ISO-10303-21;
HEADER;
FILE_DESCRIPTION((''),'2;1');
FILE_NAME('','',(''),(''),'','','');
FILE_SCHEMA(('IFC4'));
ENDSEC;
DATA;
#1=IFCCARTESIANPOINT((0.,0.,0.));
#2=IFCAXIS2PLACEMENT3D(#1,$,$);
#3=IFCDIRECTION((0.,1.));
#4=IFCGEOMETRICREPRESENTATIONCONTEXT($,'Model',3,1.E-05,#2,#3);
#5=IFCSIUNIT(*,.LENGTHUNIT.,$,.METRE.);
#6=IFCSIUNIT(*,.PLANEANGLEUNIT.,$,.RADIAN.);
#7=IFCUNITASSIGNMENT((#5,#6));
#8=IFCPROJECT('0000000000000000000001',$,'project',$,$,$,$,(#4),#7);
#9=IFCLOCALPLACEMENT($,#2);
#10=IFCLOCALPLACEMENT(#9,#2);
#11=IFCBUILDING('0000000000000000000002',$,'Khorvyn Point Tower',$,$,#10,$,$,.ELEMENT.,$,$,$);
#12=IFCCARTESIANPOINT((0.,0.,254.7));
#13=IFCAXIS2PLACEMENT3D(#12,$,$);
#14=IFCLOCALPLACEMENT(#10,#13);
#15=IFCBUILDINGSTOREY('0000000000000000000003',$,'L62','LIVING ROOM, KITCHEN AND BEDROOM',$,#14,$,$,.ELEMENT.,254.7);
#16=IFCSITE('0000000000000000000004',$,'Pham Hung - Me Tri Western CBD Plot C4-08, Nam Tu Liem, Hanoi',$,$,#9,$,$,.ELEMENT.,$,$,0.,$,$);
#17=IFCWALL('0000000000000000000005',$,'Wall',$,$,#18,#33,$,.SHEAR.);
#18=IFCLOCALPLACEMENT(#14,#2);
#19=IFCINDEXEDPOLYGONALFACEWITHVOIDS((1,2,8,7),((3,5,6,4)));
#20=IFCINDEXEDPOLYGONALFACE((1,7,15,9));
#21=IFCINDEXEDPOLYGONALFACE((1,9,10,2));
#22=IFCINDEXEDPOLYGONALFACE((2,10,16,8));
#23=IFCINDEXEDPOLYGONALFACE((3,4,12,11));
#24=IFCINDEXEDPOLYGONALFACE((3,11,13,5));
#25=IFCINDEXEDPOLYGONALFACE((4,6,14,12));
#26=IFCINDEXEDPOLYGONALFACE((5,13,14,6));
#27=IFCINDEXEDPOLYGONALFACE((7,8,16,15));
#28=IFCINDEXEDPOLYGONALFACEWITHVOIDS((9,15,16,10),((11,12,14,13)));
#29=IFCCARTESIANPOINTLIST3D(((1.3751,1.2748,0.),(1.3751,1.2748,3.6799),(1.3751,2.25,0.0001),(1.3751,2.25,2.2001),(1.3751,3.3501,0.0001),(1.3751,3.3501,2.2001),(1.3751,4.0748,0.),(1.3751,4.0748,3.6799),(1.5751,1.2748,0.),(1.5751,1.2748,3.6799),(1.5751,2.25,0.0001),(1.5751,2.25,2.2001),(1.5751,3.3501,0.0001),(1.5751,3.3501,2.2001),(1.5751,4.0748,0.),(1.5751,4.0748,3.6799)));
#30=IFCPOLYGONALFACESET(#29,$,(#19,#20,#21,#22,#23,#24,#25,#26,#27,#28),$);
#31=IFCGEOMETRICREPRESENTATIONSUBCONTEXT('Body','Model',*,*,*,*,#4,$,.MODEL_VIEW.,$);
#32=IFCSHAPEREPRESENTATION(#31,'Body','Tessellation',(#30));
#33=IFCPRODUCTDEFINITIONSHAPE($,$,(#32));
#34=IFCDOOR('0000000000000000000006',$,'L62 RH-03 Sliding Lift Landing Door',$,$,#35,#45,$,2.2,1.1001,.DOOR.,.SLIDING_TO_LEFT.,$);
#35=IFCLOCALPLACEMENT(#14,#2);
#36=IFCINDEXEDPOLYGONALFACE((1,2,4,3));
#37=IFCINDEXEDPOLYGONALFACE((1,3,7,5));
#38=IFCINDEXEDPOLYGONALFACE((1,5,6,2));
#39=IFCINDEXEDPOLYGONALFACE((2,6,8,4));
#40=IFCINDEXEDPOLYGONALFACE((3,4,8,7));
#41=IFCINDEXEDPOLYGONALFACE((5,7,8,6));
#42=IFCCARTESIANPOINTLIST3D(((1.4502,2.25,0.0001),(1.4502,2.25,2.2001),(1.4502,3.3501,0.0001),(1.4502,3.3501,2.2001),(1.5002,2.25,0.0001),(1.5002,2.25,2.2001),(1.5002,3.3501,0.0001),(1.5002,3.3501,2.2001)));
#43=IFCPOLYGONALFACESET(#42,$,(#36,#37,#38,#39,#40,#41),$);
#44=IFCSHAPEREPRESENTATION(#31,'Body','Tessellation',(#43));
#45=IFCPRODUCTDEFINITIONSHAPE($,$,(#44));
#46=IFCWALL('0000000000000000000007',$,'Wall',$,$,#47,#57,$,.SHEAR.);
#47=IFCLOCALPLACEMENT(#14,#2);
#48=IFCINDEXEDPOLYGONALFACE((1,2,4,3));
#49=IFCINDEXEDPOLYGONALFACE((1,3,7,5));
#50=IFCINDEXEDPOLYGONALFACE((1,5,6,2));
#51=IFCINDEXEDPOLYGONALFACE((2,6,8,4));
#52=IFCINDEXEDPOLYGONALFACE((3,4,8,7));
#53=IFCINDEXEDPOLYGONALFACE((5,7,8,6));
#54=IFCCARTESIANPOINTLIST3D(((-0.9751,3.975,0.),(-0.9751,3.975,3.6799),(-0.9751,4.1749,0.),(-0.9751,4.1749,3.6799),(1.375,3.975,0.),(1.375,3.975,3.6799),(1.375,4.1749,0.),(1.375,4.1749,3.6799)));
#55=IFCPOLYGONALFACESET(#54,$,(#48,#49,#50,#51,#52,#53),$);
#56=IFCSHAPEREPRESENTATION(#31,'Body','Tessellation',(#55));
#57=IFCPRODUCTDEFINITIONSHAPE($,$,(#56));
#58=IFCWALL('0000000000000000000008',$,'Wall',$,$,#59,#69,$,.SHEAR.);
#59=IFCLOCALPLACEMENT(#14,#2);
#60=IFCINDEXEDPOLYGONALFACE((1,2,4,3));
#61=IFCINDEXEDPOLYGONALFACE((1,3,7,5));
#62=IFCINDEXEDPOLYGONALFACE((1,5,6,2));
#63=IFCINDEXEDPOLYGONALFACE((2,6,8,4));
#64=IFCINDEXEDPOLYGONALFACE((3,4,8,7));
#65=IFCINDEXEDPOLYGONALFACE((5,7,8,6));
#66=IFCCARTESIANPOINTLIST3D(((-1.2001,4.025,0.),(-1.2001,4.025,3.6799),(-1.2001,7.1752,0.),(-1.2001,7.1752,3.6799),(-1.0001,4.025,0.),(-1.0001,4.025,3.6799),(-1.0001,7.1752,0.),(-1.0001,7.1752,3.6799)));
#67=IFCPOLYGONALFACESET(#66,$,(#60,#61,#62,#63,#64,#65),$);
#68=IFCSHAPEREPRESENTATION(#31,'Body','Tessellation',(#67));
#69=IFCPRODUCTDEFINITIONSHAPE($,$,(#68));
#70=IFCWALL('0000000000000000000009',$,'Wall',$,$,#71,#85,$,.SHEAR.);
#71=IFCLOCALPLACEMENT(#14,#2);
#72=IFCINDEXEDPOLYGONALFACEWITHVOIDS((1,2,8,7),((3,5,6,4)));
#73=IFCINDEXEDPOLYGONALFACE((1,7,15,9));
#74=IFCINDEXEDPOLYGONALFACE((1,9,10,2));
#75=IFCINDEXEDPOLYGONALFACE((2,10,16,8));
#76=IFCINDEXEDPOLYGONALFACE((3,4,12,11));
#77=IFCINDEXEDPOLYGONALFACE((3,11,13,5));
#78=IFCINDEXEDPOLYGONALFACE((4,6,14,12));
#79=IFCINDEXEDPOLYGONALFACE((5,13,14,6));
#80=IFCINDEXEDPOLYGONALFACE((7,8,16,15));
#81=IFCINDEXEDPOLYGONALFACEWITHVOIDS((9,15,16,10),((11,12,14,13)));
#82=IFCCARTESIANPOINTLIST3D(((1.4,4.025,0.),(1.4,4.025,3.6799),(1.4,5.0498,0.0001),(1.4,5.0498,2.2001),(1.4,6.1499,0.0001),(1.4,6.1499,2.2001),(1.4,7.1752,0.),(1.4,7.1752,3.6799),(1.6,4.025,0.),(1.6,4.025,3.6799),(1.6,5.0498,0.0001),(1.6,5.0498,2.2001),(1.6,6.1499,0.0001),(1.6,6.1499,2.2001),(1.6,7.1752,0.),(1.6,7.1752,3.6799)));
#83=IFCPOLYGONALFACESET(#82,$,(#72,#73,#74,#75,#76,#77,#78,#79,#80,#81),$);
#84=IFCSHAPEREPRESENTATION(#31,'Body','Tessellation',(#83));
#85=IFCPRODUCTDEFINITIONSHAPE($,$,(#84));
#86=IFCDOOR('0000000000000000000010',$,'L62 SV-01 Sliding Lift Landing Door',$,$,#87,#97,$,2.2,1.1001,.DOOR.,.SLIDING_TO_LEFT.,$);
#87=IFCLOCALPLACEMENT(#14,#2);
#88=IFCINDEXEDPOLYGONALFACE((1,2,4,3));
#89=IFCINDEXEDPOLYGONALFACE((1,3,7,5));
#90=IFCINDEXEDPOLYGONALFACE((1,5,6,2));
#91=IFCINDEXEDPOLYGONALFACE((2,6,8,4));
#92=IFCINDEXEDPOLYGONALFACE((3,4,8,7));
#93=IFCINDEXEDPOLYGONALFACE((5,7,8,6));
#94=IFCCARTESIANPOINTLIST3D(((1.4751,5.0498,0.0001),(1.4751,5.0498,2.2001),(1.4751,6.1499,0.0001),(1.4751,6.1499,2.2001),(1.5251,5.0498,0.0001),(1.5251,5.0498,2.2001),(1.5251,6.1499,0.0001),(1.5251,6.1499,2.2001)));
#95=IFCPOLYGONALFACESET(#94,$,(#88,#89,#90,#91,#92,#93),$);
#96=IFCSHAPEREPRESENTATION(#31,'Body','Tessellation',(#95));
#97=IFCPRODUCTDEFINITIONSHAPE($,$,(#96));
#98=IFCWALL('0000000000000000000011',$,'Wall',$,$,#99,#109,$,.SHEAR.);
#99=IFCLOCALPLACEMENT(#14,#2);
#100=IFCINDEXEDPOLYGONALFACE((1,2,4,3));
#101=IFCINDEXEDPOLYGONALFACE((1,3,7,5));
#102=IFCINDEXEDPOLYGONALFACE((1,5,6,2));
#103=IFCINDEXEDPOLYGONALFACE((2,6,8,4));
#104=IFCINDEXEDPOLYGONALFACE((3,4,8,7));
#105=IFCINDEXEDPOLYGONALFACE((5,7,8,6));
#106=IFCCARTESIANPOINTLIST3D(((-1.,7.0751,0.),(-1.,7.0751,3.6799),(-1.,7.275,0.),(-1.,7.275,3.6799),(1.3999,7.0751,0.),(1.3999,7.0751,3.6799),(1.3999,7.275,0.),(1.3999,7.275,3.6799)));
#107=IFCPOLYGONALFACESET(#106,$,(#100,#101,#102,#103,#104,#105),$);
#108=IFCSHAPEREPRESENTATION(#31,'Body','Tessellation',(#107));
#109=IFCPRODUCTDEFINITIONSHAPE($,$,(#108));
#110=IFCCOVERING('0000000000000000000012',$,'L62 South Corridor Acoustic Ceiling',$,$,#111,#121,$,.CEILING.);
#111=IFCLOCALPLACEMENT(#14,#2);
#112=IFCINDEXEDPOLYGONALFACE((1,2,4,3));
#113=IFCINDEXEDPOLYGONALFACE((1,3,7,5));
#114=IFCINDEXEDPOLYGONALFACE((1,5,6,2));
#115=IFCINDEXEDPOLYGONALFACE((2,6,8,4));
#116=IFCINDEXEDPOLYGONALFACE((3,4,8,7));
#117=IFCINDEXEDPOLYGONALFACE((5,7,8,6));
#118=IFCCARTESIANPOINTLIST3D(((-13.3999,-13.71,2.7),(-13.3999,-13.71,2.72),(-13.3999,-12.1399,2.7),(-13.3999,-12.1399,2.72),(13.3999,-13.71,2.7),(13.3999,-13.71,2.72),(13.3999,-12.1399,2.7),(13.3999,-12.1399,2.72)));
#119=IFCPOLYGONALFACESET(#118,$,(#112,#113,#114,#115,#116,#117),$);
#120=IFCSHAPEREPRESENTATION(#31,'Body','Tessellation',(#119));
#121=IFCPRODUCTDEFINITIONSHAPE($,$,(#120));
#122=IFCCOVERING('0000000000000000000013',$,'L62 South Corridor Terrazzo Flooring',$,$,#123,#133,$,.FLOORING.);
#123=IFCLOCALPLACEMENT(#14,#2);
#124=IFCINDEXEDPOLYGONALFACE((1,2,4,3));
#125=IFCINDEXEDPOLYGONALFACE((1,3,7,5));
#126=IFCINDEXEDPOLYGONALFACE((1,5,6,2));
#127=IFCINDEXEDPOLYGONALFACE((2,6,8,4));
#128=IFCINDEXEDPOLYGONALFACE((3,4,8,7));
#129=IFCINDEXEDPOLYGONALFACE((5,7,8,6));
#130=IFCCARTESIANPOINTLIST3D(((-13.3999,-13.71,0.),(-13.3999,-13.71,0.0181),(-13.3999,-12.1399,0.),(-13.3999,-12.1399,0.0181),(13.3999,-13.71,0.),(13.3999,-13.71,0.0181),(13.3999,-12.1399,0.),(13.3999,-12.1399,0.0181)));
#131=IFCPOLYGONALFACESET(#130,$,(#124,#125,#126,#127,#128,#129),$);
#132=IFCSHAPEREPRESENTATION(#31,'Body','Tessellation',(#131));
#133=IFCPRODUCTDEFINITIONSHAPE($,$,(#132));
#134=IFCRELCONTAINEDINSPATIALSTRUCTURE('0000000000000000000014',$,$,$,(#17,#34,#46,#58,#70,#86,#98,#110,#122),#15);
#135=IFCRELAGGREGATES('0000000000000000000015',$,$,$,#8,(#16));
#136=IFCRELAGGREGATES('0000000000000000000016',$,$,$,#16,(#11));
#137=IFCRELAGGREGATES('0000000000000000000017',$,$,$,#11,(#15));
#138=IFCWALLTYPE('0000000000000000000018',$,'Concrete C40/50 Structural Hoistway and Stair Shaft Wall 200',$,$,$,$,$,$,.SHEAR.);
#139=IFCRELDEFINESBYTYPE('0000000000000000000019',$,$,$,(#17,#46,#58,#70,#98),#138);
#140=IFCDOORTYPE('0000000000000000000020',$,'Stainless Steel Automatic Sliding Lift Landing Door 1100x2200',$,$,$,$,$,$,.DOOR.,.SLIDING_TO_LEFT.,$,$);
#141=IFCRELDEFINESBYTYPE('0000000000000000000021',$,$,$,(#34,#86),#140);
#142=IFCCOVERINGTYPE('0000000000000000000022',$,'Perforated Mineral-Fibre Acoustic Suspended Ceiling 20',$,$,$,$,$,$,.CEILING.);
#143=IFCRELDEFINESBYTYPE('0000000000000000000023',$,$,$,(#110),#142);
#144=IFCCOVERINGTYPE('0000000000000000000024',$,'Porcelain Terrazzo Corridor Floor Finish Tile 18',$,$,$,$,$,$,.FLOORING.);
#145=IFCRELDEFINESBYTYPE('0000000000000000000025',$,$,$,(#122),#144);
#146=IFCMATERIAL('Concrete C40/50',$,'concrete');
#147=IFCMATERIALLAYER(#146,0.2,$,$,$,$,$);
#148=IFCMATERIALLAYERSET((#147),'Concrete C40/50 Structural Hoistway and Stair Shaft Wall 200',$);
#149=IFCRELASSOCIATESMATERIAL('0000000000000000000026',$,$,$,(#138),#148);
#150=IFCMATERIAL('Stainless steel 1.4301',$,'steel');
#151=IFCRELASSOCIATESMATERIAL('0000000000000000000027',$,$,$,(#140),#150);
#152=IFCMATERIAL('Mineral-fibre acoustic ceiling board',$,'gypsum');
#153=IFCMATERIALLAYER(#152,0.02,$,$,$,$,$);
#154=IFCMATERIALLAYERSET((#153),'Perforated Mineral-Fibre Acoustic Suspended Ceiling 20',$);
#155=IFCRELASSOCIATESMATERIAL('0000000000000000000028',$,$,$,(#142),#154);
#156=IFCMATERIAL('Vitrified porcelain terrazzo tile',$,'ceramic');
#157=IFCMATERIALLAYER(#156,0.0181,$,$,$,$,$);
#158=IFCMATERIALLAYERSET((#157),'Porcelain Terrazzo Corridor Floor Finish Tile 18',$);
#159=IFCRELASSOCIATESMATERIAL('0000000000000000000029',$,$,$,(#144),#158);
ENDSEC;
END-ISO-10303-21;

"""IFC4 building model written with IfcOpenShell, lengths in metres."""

from ifc_helpers import new_model, si_unit, direction, frame, frame_2d, origin, place, context, subcontext, project, spatial, polyline, rectangle, outline, extrude, material, layer, layer_set, type_object, element, fill, save


model = new_model("IFC4")

# Units and contexts
model_context = context("Model", 3, precision=1e-05, world=origin(), true_north=direction((0.0, 1.0)))
body_context = subcontext(model_context, "Body", "Model", "MODEL_VIEW")
ifc_project = project(units=[si_unit("LENGTHUNIT", "METRE"), si_unit("PLANEANGLEUNIT", "RADIAN")], contexts=[model_context])

# Site, building, storey
site_placement = place(None, origin())
site = spatial("IfcSite", under=ifc_project, at=site_placement, Name="Pham Hung - Me Tri Western CBD Plot C4-08, Nam Tu Liem, Hanoi", CompositionType="ELEMENT", RefElevation=0.0)
building_placement = place(site_placement, origin())
building = spatial("IfcBuilding", under=site, at=building_placement, Name="Khorvyn Point Tower", CompositionType="ELEMENT")
storey_placement = place(building_placement, frame((0.0, 0.0, 254.7)))
storey = spatial("IfcBuildingStorey", under=building, at=storey_placement, Name="L62", Description="LIVING ROOM, KITCHEN AND BEDROOM", CompositionType="ELEMENT", Elevation=254.7)

# Shared definitions
ifc_material_1 = material(Name="Concrete C40/50", Category="concrete")

# Shared definitions
ifc_layer_1 = layer(ifc_material_1, 0.2)
ifc_layer_set_1 = layer_set([ifc_layer_1], Name="Concrete C40/50 Structural Hoistway and Stair Shaft Wall 200")
wall_type_1 = type_object("IfcWallType", Name="Concrete C40/50 Structural Hoistway and Stair Shaft Wall 200", PredefinedType="SHEAR", material=ifc_layer_set_1)

# Shared definitions
ifc_material_2 = material(Name="Stainless steel 1.4301", Category="steel")
door_type = type_object("IfcDoorType", Name="Stainless Steel Automatic Sliding Lift Landing Door 1100x2200", OperationType="SLIDING_TO_LEFT", PredefinedType="DOOR", material=ifc_material_2)

# Wall, opening, door
wall_1_placement = place(storey_placement, frame((1.4751, 1.2749, 0.0), z_axis=(0.0, 0.0, 1.0), x_axis=(0.0, 1.0, 0.0)))
wall_1 = element("IfcWall", 1, at=wall_1_placement, inside=storey, type_object=wall_type_1, Name="Wall", PredefinedType="SHEAR", context=body_context, shape_type="SweptSolid", body=[
    extrude(rectangle(XDim=2.8, YDim=0.2, at=frame_2d((1.3999, 0.0))), origin(), (0.0, 0.0, 1.0), 3.6799),
])
opening_1_placement = place(wall_1_placement, frame((0.9751, 0.0, 0.0)))
opening_1 = element("IfcOpeningElement", 2, at=opening_1_placement, cuts=wall_1, PredefinedType="OPENING", context=body_context, shape_type="SweptSolid", body=[
    extrude(rectangle(XDim=1.1001, YDim=2.2, at=frame_2d((0.55, 1.1001))), frame((0.0, 0.1099, 0.0), z_axis=(0.0, -1.0, 0.0), x_axis=(1.0, 0.0, 0.0)), (0.0, 0.0, 1.0), 0.22),
])
door_1_placement = place(opening_1_placement, origin())
door_1 = element("IfcDoor", 3, at=door_1_placement, inside=storey, type_object=door_type, Name="L62 RH-03 Sliding Lift Landing Door", OperationType="SLIDING_TO_LEFT", OverallHeight=2.2, OverallWidth=1.1001, PredefinedType="DOOR", context=body_context, shape_type="SweptSolid", body=[
    extrude(rectangle(XDim=1.1001, YDim=2.2, at=frame_2d((0.55, 1.1001))), frame((0.0, 0.0249, 0.0), z_axis=(0.0, -1.0, 0.0), x_axis=(1.0, 0.0, 0.0)), (0.0, 0.0, 1.0), 0.05),
])
fill(opening_1, door_1)

# Walls
wall_2_placement = place(storey_placement, frame((-0.9751, 4.075, 0.0), z_axis=(0.0, 0.0, 1.0), x_axis=(1.0, 0.0, 0.0)))
element("IfcWall", 4, at=wall_2_placement, inside=storey, type_object=wall_type_1, Name="Wall", PredefinedType="SHEAR", context=body_context, shape_type="SweptSolid", body=[
    extrude(rectangle(XDim=2.3501, YDim=0.2, at=frame_2d((1.175, 0.0))), origin(), (0.0, 0.0, 1.0), 3.6799),
])
wall_3_placement = place(storey_placement, frame((-1.1001, 4.0249, 0.0), z_axis=(0.0, 0.0, 1.0), x_axis=(0.0, 1.0, 0.0)))
element("IfcWall", 5, at=wall_3_placement, inside=storey, type_object=wall_type_1, Name="Wall", PredefinedType="SHEAR", context=body_context, shape_type="SweptSolid", body=[
    extrude(rectangle(XDim=3.1501, YDim=0.2, at=frame_2d((1.5752, 0.0))), origin(), (0.0, 0.0, 1.0), 3.6799),
])

# Wall, opening, door
wall_4_placement = place(storey_placement, frame((1.5, 4.0249, 0.0), z_axis=(0.0, 0.0, 1.0), x_axis=(0.0, 1.0, 0.0)))
wall_4 = element("IfcWall", 6, at=wall_4_placement, inside=storey, type_object=wall_type_1, Name="Wall", PredefinedType="SHEAR", context=body_context, shape_type="SweptSolid", body=[
    extrude(rectangle(XDim=3.1501, YDim=0.2, at=frame_2d((1.5752, 0.0))), origin(), (0.0, 0.0, 1.0), 3.6799),
])
opening_2_placement = place(wall_4_placement, frame((1.0249, 0.0, 0.0)))
opening_2 = element("IfcOpeningElement", 7, at=opening_2_placement, cuts=wall_4, PredefinedType="OPENING", context=body_context, shape_type="SweptSolid", body=[
    extrude(rectangle(XDim=1.1001, YDim=2.2, at=frame_2d((0.55, 1.1001))), frame((0.0, 0.1099, 0.0), z_axis=(0.0, -1.0, 0.0), x_axis=(1.0, 0.0, 0.0)), (0.0, 0.0, 1.0), 0.22),
])
door_2_placement = place(opening_2_placement, origin())
door_2 = element("IfcDoor", 8, at=door_2_placement, inside=storey, type_object=door_type, Name="L62 SV-01 Sliding Lift Landing Door", OperationType="SLIDING_TO_LEFT", OverallHeight=2.2, OverallWidth=1.1001, PredefinedType="DOOR", context=body_context, shape_type="SweptSolid", body=[
    extrude(rectangle(XDim=1.1001, YDim=2.2, at=frame_2d((0.55, 1.1001))), frame((0.0, 0.0249, 0.0), z_axis=(0.0, -1.0, 0.0), x_axis=(1.0, 0.0, 0.0)), (0.0, 0.0, 1.0), 0.05),
])
fill(opening_2, door_2)

# Wall
wall_5_placement = place(storey_placement, frame((-1.0, 7.175, 0.0), z_axis=(0.0, 0.0, 1.0), x_axis=(1.0, 0.0, 0.0)))
element("IfcWall", 9, at=wall_5_placement, inside=storey, type_object=wall_type_1, Name="Wall", PredefinedType="SHEAR", context=body_context, shape_type="SweptSolid", body=[
    extrude(rectangle(XDim=2.3999, YDim=0.2, at=frame_2d((1.2, 0.0))), origin(), (0.0, 0.0, 1.0), 3.6799),
])

# Coverings
ifc_material_3 = material(Name="Mineral-fibre acoustic ceiling board", Category="gypsum")
ifc_layer_2 = layer(ifc_material_3, 0.02)
ifc_layer_set_2 = layer_set([ifc_layer_2], Name="Perforated Mineral-Fibre Acoustic Suspended Ceiling 20")
covering_type_1 = type_object("IfcCoveringType", Name="Perforated Mineral-Fibre Acoustic Suspended Ceiling 20", PredefinedType="CEILING", material=ifc_layer_set_2)
covering_1_placement = place(storey_placement, frame((0.0, 0.0, 2.7)))
element("IfcCovering", 10, at=covering_1_placement, inside=storey, type_object=covering_type_1, Name="L62 South Corridor Acoustic Ceiling", PredefinedType="CEILING", context=body_context, shape_type="SweptSolid", body=[
    extrude(outline(polyline([(-13.3999, -13.71), (13.3999, -13.71), (13.3999, -12.1399), (-13.3999, -12.1399), (-13.3999, -13.71)])), origin(), (0.0, 0.0, 1.0), 0.02),
])
ifc_material_4 = material(Name="Vitrified porcelain terrazzo tile", Category="ceramic")
ifc_layer_3 = layer(ifc_material_4, 0.0181)
ifc_layer_set_3 = layer_set([ifc_layer_3], Name="Porcelain Terrazzo Corridor Floor Finish Tile 18")
covering_type_2 = type_object("IfcCoveringType", Name="Porcelain Terrazzo Corridor Floor Finish Tile 18", PredefinedType="FLOORING", material=ifc_layer_set_3)
covering_2_placement = place(storey_placement, origin())
element("IfcCovering", 11, at=covering_2_placement, inside=storey, type_object=covering_type_2, Name="L62 South Corridor Terrazzo Flooring", PredefinedType="FLOORING", context=body_context, shape_type="SweptSolid", body=[
    extrude(outline(polyline([(-13.3999, -13.71), (13.3999, -13.71), (13.3999, -12.1399), (-13.3999, -12.1399), (-13.3999, -13.71)])), origin(), (0.0, 0.0, 1.0), 0.0181),
])

save(model, "model.ifc")
